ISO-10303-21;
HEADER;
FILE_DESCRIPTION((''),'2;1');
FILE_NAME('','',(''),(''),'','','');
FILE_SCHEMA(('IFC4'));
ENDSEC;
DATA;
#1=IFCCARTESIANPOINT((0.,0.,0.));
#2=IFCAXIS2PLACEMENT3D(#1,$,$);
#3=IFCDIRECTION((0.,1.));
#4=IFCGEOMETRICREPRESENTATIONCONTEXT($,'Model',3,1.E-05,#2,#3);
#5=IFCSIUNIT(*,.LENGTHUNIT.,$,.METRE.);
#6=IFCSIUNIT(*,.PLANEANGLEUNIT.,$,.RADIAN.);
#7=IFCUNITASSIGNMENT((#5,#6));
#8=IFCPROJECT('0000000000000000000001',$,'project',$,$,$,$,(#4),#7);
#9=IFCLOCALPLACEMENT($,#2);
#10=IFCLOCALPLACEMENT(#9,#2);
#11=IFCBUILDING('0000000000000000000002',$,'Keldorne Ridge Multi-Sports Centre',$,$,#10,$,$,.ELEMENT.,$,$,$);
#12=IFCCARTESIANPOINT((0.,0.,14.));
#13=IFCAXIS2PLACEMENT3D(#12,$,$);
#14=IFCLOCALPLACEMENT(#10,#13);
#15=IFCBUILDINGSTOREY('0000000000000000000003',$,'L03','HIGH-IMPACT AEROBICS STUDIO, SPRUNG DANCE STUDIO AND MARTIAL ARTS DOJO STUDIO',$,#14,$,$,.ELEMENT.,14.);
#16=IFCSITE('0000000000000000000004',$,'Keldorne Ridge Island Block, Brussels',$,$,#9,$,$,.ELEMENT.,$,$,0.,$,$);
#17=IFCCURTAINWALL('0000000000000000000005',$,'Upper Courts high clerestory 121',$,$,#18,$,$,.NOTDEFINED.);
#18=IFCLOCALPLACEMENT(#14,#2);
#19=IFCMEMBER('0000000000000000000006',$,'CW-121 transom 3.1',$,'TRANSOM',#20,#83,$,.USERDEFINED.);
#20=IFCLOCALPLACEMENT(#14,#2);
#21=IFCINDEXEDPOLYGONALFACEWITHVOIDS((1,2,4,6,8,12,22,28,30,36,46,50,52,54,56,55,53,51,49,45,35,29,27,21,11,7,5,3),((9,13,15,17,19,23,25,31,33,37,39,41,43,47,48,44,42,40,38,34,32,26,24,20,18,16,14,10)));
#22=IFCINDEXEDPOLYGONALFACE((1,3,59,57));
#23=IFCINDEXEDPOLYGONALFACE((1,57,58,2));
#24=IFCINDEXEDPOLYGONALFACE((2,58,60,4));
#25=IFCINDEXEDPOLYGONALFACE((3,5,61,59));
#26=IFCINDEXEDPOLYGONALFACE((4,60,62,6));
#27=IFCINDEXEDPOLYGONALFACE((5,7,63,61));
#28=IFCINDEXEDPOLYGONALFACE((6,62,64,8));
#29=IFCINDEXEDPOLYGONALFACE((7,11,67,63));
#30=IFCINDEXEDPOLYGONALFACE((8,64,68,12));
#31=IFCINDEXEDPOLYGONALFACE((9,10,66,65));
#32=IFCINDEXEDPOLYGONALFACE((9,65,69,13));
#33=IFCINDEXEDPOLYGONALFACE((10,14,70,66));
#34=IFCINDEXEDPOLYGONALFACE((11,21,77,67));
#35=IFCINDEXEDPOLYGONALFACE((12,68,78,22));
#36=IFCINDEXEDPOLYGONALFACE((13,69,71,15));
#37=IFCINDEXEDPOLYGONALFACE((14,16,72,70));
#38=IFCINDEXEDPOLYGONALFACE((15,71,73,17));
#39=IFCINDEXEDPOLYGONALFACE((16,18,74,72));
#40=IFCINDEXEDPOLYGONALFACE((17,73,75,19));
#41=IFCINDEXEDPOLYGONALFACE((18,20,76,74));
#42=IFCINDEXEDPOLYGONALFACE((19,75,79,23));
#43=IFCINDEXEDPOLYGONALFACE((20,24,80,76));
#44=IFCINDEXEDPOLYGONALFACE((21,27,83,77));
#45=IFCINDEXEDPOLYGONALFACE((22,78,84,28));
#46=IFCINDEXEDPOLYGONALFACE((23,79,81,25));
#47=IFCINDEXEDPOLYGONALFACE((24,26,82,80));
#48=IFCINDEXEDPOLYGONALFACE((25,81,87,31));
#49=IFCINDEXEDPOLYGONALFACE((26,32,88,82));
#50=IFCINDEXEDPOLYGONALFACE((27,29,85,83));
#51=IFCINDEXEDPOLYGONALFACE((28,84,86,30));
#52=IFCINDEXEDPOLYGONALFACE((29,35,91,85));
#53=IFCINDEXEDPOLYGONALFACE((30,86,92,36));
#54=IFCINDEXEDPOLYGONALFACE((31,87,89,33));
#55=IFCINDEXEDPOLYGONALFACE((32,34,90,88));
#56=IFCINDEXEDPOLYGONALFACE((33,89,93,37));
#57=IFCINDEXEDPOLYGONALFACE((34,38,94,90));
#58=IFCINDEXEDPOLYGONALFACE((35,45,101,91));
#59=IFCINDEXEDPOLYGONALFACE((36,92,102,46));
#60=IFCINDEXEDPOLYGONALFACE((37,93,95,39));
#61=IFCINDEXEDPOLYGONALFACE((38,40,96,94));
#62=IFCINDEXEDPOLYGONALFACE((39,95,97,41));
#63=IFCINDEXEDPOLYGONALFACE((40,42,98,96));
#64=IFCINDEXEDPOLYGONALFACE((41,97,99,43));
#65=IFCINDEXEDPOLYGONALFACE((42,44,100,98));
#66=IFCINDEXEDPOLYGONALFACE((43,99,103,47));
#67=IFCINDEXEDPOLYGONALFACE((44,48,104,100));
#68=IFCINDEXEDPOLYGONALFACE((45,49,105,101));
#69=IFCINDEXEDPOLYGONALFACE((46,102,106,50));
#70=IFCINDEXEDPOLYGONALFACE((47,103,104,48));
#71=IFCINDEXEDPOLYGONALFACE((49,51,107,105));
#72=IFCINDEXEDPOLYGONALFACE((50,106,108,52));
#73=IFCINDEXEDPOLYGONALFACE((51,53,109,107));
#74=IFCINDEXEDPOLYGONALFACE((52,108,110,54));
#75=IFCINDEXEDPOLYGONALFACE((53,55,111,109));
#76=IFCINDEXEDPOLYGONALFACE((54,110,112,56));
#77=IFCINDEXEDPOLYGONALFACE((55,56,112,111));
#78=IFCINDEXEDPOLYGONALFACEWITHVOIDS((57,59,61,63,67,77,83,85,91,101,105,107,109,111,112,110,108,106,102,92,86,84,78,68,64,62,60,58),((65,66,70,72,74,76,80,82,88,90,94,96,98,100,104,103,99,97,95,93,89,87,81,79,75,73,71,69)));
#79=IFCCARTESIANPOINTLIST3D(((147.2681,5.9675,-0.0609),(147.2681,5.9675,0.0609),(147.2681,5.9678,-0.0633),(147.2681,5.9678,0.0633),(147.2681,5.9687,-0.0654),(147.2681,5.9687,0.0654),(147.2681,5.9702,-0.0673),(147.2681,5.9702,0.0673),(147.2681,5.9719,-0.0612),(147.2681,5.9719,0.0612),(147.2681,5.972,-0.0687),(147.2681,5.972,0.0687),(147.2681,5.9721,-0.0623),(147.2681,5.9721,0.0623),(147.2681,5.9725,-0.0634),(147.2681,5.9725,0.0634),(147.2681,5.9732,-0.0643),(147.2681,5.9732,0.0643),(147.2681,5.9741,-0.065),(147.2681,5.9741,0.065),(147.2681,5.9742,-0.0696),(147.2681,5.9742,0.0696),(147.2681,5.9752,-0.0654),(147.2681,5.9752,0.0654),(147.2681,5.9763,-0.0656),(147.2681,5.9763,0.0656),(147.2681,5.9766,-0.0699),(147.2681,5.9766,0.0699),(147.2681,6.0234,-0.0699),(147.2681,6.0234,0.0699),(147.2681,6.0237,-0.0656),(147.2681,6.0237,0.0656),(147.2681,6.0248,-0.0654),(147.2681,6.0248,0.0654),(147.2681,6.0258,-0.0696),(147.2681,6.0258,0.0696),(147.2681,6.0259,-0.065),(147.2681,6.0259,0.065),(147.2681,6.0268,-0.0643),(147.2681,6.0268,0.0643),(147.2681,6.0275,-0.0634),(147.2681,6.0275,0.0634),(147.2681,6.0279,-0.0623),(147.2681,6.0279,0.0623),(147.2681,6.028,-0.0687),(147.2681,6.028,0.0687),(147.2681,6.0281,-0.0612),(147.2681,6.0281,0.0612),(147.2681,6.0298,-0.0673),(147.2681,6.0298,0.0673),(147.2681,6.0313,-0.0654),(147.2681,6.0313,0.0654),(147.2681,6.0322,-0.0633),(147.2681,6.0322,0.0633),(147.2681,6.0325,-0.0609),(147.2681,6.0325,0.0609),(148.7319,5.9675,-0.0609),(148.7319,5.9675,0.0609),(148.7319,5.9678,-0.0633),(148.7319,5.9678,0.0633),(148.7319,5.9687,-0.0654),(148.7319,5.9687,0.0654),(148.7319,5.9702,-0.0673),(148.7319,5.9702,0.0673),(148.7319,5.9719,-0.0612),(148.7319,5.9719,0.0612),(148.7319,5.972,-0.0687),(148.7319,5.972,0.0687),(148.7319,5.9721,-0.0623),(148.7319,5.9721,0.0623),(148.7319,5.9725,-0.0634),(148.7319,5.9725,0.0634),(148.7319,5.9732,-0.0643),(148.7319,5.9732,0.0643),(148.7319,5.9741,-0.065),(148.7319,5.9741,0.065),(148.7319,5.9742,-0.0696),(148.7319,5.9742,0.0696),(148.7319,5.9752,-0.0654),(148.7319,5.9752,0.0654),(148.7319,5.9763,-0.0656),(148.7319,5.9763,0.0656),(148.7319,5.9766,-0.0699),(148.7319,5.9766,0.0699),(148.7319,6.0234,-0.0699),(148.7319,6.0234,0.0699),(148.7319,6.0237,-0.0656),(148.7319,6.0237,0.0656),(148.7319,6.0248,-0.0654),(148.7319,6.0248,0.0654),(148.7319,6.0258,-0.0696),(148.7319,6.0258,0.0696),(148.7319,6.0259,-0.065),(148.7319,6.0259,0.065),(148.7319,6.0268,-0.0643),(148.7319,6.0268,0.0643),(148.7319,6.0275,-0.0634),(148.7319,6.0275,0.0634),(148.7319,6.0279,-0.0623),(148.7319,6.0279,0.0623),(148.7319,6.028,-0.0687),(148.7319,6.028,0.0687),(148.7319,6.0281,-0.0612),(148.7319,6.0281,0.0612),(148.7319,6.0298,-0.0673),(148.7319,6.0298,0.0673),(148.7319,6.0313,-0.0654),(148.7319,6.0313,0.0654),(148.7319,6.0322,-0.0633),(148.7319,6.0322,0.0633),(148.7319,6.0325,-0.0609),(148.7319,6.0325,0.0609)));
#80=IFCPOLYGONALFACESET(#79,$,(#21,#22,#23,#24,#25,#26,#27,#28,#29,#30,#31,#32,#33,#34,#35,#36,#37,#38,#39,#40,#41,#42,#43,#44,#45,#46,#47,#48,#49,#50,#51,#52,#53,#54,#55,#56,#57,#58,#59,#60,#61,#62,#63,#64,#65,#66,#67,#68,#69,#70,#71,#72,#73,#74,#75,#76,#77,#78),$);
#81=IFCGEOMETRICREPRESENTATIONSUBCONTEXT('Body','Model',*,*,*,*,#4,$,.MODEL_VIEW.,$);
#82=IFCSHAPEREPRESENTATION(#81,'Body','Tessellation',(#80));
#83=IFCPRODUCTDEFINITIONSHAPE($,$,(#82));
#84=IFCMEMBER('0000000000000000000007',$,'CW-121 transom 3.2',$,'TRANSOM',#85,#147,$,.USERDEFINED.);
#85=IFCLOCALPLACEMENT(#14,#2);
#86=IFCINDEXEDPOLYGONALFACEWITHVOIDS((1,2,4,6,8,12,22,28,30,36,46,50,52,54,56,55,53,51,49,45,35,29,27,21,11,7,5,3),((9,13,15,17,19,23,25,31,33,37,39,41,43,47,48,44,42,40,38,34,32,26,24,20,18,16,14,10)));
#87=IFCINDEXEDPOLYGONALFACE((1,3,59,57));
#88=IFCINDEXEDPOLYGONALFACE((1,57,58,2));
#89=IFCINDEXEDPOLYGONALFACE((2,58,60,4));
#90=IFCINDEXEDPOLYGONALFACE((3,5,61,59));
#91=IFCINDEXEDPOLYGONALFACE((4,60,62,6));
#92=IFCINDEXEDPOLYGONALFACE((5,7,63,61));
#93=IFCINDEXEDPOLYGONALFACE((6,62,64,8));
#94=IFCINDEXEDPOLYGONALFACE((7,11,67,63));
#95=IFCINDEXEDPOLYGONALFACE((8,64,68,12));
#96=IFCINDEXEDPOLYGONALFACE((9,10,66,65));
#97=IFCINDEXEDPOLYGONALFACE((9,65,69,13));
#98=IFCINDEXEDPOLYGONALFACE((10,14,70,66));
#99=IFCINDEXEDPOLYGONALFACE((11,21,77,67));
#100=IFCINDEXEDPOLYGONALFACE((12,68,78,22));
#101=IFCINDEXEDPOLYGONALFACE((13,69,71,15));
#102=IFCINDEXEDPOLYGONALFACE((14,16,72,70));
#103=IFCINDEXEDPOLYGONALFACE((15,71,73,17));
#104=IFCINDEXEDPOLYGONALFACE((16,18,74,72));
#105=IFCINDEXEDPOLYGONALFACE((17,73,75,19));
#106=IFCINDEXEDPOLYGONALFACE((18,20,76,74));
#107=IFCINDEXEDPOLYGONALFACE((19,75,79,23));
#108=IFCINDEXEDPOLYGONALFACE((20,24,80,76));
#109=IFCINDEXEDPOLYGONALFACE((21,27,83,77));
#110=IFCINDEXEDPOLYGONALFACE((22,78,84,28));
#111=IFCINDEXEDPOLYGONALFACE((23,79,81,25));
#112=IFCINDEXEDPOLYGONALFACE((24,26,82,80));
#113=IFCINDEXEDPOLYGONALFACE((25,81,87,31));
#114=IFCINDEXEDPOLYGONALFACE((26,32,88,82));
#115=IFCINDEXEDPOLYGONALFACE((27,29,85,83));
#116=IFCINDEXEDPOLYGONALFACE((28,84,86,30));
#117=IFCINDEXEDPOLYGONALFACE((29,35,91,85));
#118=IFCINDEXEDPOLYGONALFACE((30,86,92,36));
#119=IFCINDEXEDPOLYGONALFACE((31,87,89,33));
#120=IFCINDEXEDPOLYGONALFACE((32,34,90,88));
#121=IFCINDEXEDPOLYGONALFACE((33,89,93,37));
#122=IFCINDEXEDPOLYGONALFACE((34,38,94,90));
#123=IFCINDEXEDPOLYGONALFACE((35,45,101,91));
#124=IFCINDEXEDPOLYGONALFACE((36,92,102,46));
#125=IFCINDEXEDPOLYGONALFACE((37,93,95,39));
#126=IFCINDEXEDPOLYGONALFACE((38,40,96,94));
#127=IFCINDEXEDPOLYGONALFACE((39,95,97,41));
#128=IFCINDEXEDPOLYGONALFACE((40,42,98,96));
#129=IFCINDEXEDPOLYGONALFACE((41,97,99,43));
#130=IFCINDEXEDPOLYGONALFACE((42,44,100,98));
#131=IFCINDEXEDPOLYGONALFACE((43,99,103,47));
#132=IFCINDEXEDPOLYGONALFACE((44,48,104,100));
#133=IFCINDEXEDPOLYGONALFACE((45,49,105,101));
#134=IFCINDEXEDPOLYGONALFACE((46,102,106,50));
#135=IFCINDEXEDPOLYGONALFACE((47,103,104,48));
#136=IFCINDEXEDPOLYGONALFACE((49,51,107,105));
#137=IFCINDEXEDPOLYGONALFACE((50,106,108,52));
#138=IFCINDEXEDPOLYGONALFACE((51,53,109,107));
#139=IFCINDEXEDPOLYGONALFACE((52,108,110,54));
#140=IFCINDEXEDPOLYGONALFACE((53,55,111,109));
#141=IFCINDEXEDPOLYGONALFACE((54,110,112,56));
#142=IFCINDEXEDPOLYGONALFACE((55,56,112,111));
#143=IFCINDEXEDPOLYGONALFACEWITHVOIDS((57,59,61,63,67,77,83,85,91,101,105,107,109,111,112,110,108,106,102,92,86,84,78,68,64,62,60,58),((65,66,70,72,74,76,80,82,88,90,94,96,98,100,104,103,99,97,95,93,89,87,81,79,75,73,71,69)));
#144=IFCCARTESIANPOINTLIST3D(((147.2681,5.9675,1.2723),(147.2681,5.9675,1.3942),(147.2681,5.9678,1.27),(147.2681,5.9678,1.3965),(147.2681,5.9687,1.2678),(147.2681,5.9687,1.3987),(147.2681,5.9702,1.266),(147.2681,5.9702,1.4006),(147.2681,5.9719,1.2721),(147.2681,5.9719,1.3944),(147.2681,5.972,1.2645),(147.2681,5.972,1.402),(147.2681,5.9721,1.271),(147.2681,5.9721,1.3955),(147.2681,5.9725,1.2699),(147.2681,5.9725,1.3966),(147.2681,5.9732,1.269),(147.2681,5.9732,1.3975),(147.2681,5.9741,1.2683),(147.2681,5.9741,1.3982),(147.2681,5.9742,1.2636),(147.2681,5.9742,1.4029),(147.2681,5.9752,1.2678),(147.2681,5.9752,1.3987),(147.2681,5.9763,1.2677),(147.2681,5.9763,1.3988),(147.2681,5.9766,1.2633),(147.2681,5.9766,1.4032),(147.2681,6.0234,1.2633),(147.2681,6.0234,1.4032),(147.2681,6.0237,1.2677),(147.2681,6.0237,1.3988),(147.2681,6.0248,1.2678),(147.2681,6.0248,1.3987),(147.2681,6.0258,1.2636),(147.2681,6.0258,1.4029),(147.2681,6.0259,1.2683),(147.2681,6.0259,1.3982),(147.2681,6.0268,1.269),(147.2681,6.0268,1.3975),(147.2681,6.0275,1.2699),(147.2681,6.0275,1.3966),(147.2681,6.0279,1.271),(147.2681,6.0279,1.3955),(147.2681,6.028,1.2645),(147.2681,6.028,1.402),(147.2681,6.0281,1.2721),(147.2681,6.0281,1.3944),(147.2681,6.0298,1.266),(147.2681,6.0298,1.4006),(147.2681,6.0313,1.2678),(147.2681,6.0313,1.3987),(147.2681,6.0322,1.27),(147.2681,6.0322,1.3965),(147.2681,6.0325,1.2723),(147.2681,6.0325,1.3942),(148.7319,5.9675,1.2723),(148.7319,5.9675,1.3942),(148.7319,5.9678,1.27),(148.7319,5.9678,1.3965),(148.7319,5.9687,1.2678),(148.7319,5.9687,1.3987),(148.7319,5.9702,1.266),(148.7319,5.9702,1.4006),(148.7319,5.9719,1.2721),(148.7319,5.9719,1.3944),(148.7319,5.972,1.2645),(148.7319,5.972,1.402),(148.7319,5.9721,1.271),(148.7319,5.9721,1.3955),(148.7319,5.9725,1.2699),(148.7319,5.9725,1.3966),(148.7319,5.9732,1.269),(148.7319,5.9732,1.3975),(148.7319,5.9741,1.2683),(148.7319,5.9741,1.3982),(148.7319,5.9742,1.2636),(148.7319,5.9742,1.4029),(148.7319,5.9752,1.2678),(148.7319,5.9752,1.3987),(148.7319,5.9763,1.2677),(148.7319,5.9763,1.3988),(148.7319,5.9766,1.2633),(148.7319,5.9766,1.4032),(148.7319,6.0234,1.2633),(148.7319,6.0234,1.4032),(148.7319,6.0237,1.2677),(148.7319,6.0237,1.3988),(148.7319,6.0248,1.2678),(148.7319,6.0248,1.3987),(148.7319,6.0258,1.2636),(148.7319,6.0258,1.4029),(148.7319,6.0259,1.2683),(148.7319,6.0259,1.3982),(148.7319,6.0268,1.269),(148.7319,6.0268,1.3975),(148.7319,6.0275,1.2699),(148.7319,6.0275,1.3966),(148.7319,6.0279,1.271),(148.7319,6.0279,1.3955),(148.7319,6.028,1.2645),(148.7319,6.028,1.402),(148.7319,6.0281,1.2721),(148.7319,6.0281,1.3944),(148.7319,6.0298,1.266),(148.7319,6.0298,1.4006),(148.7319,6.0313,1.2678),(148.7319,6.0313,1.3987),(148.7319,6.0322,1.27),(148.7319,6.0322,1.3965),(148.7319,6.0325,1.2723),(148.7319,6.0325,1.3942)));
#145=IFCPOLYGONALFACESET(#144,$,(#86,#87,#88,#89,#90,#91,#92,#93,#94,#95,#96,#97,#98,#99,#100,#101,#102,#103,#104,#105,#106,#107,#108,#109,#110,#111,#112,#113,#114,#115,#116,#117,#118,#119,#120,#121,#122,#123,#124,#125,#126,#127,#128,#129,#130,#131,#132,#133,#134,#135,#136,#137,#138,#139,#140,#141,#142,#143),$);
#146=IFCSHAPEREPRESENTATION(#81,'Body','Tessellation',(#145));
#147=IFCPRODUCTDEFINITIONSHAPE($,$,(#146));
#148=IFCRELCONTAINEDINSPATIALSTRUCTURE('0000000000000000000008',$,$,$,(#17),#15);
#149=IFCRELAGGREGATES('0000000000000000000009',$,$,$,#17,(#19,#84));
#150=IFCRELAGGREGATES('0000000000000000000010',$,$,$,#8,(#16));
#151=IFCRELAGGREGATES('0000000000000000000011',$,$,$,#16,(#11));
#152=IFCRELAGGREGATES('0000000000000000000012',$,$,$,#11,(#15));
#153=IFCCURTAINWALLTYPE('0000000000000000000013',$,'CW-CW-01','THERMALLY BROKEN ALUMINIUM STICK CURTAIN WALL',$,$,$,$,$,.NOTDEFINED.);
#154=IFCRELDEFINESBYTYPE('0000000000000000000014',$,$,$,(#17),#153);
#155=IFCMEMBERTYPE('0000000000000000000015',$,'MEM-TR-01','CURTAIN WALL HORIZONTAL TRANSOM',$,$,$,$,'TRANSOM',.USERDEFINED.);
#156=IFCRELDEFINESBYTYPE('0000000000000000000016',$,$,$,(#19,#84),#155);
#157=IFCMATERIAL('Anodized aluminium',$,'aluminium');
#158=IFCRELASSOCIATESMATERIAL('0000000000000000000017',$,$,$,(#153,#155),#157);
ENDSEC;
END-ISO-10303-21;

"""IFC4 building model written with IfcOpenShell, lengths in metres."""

from ifc_helpers import new_model, si_unit, direction, frame, origin, origin_2d, place, context, subcontext, project, spatial, hollow_rectangle, extrude, material, material_profile, profile_set, type_object, element, aggregate, save


model = new_model("IFC4")

# Units and contexts
model_context = context("Model", 3, precision=1e-05, world=origin(), true_north=direction((0.0, 1.0)))
body_context = subcontext(model_context, "Body", "Model", "MODEL_VIEW")
ifc_project = project(units=[si_unit("LENGTHUNIT", "METRE"), si_unit("PLANEANGLEUNIT", "RADIAN")], contexts=[model_context])

# Site, building, storey
site_placement = place(None, origin())
site = spatial("IfcSite", under=ifc_project, at=site_placement, Name="Keldorne Ridge Island Block, Brussels", CompositionType="ELEMENT", RefElevation=0.0)
building_placement = place(site_placement, origin())
building = spatial("IfcBuilding", under=site, at=building_placement, Name="Keldorne Ridge Multi-Sports Centre", CompositionType="ELEMENT")
storey_placement = place(building_placement, frame((0.0, 0.0, 14.0)))
storey = spatial("IfcBuildingStorey", under=building, at=storey_placement, Name="L03", Description="HIGH-IMPACT AEROBICS STUDIO, SPRUNG DANCE STUDIO AND MARTIAL ARTS DOJO STUDIO", CompositionType="ELEMENT", Elevation=14.0)

# Curtain wall
ifc_material_1 = material(Name="Anodized aluminium", Category="aluminium")
curtain_wall_type = type_object("IfcCurtainWallType", Name="CW-CW-01", Description="THERMALLY BROKEN ALUMINIUM STICK CURTAIN WALL", PredefinedType="NOTDEFINED", material=ifc_material_1)
curtain_wall_placement = place(storey_placement, origin())
curtain_wall = element("IfcCurtainWall", 1, at=curtain_wall_placement, inside=storey, type_object=curtain_wall_type, Name="Upper Courts high clerestory 121", PredefinedType="NOTDEFINED")

# Members
ifc_material_profile_1 = material_profile(ifc_material_1, hollow_rectangle(XDim=0.0649, YDim=0.1399, WallThickness=0.0044, InnerFilletRadius=0.0044, OuterFilletRadius=0.009, at=origin_2d()), Name="ALU TRANSOM 140x65x4.5")
ifc_profile_set_1 = profile_set([ifc_material_profile_1], Name="Anodized aluminium")
member_type_1 = type_object("IfcMemberType", Name="MEM-TR-01", Description="CURTAIN WALL HORIZONTAL TRANSOM", ElementType="TRANSOM", PredefinedType="USERDEFINED", material=ifc_profile_set_1)
member_1_placement = place(storey_placement, frame((147.2681, 6.0, 0.0), z_axis=(1.0, 0.0, 0.0), x_axis=(0.0, 1.0, 0.0)))
member_1 = element("IfcMember", 2, at=member_1_placement, type_object=member_type_1, Name="CW-121 transom 3.1", ObjectType="TRANSOM", PredefinedType="USERDEFINED", context=body_context, shape_type="SweptSolid", body=[
    extrude(hollow_rectangle(XDim=0.0649, YDim=0.1399, WallThickness=0.0044, InnerFilletRadius=0.0044, OuterFilletRadius=0.009, at=origin_2d()), origin(), (0.0, 0.0, 1.0), 1.4639),
])
member_2_placement = place(storey_placement, frame((147.2681, 6.0, 1.3333), z_axis=(1.0, 0.0, 0.0), x_axis=(0.0, 1.0, 0.0)))
member_2 = element("IfcMember", 3, at=member_2_placement, type_object=member_type_1, Name="CW-121 transom 3.2", ObjectType="TRANSOM", PredefinedType="USERDEFINED", context=body_context, shape_type="SweptSolid", body=[
    extrude(hollow_rectangle(XDim=0.0649, YDim=0.1399, WallThickness=0.0044, InnerFilletRadius=0.0044, OuterFilletRadius=0.009, at=origin_2d()), origin(), (0.0, 0.0, 1.0), 1.4639),
])

aggregate(curtain_wall, [member_1, member_2])

save(model, "model.ifc")
